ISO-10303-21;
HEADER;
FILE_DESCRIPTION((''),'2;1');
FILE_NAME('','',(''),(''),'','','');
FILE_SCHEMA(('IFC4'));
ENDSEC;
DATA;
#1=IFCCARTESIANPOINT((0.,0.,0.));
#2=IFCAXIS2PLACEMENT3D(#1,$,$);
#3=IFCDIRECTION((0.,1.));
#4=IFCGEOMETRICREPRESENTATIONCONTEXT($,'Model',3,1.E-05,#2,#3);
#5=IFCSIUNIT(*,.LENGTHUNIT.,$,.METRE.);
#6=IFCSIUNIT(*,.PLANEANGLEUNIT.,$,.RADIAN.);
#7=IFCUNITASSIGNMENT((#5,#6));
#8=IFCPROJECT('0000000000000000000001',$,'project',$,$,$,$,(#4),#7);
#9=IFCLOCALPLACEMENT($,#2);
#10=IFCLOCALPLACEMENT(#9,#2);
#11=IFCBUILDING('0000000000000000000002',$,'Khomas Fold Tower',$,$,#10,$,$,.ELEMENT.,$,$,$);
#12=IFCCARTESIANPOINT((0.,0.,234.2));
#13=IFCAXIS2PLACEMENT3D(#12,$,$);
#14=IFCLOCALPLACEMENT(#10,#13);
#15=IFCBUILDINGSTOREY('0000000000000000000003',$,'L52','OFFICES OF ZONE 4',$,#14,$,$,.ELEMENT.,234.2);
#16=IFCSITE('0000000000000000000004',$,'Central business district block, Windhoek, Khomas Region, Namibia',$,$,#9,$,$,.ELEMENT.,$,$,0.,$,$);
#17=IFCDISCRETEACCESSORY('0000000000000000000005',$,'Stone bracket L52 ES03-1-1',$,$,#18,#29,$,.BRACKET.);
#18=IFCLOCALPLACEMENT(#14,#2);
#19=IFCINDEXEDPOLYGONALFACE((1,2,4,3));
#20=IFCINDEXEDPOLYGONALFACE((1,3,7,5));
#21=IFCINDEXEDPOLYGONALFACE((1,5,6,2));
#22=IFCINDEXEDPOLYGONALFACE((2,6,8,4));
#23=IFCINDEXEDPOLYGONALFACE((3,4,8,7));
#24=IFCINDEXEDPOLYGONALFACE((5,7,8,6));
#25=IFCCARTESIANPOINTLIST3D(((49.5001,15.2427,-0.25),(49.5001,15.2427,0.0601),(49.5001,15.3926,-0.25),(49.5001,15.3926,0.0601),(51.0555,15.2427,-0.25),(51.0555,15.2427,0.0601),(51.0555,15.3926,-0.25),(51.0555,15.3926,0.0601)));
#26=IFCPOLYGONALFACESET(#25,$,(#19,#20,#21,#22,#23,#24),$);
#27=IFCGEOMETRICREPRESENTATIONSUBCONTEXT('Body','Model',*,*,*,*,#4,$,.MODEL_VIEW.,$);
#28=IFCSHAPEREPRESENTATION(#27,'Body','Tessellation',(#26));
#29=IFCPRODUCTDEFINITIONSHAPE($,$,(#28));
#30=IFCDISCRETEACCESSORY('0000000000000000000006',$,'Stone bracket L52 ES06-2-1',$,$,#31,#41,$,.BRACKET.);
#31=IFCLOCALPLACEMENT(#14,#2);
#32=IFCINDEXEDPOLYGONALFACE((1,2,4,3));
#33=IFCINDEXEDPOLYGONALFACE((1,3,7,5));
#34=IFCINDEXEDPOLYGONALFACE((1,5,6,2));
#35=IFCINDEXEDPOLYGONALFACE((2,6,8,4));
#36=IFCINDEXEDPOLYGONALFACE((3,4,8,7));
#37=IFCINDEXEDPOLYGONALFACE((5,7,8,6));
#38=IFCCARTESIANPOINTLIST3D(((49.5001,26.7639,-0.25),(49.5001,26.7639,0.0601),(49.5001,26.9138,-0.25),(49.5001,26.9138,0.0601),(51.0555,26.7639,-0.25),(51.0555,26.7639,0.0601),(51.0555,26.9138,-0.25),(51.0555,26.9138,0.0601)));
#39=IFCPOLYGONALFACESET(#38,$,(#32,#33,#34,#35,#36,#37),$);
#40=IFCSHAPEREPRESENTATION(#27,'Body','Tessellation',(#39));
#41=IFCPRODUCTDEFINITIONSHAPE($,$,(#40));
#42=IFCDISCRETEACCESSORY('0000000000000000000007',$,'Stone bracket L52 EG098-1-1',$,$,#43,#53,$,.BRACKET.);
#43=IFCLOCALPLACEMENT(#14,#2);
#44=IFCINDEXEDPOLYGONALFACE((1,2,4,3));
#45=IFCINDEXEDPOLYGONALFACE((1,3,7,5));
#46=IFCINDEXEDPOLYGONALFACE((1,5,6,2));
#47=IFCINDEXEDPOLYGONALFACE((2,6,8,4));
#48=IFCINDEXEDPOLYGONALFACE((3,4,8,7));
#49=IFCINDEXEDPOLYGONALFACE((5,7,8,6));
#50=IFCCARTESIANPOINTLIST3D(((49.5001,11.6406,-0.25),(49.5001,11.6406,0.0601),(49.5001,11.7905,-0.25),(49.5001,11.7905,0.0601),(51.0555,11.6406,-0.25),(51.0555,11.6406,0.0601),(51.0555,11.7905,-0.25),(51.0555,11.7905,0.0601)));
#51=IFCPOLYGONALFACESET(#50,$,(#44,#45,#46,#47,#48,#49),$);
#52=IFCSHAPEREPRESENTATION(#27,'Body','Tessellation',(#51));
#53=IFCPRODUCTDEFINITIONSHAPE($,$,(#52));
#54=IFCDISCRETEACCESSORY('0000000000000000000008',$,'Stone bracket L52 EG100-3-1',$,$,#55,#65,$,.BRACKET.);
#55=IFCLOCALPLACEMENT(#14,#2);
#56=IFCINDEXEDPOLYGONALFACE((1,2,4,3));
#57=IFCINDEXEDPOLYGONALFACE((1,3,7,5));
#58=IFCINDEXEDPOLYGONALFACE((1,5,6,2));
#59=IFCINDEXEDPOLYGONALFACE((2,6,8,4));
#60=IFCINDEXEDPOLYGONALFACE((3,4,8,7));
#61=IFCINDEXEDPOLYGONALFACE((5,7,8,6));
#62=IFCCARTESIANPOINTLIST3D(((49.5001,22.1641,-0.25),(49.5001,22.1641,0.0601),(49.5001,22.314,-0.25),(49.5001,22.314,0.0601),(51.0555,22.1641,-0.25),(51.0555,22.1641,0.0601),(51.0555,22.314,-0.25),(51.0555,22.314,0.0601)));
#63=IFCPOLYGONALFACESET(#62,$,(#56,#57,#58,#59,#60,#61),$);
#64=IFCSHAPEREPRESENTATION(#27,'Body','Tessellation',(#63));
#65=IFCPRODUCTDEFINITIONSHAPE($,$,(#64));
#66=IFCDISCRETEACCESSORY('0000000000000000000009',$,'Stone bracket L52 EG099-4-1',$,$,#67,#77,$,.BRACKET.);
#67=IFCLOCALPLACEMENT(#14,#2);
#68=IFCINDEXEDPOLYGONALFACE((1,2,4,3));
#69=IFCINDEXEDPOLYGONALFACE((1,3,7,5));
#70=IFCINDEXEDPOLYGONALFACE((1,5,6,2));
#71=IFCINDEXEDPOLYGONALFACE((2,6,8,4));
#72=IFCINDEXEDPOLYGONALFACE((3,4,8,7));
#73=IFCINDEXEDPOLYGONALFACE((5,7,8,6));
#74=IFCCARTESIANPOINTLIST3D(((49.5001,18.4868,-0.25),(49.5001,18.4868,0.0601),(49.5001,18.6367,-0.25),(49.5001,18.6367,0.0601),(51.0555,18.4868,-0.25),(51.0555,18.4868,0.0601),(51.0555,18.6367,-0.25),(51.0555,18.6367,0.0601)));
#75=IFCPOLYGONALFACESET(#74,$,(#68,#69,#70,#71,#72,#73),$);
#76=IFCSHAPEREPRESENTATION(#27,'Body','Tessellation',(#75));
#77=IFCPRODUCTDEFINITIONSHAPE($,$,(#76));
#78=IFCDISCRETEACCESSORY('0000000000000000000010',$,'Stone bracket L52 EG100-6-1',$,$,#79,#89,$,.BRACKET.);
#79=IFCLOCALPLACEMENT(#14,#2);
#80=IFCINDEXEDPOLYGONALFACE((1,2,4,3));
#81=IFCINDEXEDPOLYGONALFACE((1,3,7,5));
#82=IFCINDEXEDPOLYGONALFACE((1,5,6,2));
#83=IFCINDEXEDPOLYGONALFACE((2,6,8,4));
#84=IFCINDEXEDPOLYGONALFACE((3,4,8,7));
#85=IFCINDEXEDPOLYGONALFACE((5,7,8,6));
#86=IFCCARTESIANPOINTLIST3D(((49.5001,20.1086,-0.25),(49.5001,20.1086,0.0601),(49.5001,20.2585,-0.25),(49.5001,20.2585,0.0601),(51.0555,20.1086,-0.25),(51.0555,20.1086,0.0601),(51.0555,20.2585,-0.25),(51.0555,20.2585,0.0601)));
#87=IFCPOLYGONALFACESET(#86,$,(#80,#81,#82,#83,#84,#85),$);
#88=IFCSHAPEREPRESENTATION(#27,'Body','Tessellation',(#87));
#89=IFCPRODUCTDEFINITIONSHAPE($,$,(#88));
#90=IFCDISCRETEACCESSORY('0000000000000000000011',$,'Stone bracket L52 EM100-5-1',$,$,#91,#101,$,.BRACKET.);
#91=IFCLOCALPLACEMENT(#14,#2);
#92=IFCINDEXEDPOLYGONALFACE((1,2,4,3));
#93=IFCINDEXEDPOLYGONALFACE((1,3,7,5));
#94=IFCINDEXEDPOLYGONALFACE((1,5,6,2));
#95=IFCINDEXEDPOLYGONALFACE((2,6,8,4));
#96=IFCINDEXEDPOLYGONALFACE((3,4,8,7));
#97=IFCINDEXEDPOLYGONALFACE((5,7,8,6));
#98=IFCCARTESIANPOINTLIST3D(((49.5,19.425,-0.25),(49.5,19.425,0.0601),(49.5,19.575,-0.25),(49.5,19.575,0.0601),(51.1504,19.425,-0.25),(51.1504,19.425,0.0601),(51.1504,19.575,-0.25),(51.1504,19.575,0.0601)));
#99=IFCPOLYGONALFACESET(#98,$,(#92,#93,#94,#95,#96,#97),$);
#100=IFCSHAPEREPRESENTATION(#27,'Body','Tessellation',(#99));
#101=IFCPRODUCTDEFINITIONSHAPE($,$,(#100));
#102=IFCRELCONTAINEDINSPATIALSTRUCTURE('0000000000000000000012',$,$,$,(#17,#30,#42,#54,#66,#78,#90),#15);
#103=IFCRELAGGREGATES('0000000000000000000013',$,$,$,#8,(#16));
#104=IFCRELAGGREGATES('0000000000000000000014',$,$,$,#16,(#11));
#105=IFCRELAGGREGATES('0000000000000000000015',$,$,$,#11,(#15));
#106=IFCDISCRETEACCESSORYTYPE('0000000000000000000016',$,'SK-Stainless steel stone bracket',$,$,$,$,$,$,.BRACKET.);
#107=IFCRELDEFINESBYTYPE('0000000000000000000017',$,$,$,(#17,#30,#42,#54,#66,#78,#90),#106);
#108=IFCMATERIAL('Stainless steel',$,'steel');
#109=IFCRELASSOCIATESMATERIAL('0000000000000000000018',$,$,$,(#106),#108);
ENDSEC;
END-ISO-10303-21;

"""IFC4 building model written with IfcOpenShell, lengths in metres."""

from ifc_helpers import new_model, si_unit, direction, frame, origin, origin_2d, place, context, subcontext, project, spatial, rectangle, extrude, source, transform, mapped, material, type_object, element, save


model = new_model("IFC4")

# Units and contexts
model_context = context("Model", 3, precision=1e-05, world=origin(), true_north=direction((0.0, 1.0)))
body_context = subcontext(model_context, "Body", "Model", "MODEL_VIEW")
ifc_project = project(units=[si_unit("LENGTHUNIT", "METRE"), si_unit("PLANEANGLEUNIT", "RADIAN")], contexts=[model_context])

# Site, building, storey
site_placement = place(None, origin())
site = spatial("IfcSite", under=ifc_project, at=site_placement, Name="Central business district block, Windhoek, Khomas Region, Namibia", CompositionType="ELEMENT", RefElevation=0.0)
building_placement = place(site_placement, origin())
building = spatial("IfcBuilding", under=site, at=building_placement, Name="Khomas Fold Tower", CompositionType="ELEMENT")
storey_placement = place(building_placement, frame((0.0, 0.0, 234.2)))
storey = spatial("IfcBuildingStorey", under=building, at=storey_placement, Name="L52", Description="OFFICES OF ZONE 4", CompositionType="ELEMENT", Elevation=234.2)

# Discrete accessories
ifc_material_1 = material(Name="Stainless steel", Category="steel")
discrete_accessory_type = type_object("IfcDiscreteAccessoryType", Name="SK-Stainless steel stone bracket", PredefinedType="BRACKET", material=ifc_material_1)
shared_shape_1 = source(origin(), body_context, "Body", "SweptSolid", [
    extrude(rectangle(XDim=1.5554, YDim=0.1499, at=origin_2d()), origin(), (0.0, 0.0, 1.0), 0.3101),
])
for number, where, z_axis, x_axis, name in (
    (1, (50.2778, 15.3176, -0.25), (0.0, 0.0, 1.0), (1.0, 0.0, 0.0), "Stone bracket L52 ES03-1-1"),
    (2, (50.2778, 26.8389, -0.25), (0.0, 0.0, 1.0), (1.0, 0.0, 0.0), "Stone bracket L52 ES06-2-1"),
    (3, (50.2778, 11.7156, -0.25), (0.0, 0.0, 1.0), (1.0, 0.0, 0.0), "Stone bracket L52 EG098-1-1"),
    (4, (50.2778, 22.239, -0.25), (0.0, 0.0, 1.0), (1.0, 0.0, 0.0), "Stone bracket L52 EG100-3-1"),
    (5, (50.2778, 18.5618, -0.25), (0.0, 0.0, 1.0), (1.0, 0.0, 0.0), "Stone bracket L52 EG099-4-1"),
    (6, (50.2778, 20.1836, -0.25), (0.0, 0.0, 1.0), (1.0, 0.0, 0.0), "Stone bracket L52 EG100-6-1"),
):
    element("IfcDiscreteAccessory", number, at=place(storey_placement, frame(where, z_axis=z_axis, x_axis=x_axis)), inside=storey, type_object=discrete_accessory_type, Name=name, PredefinedType="BRACKET", context=body_context, shape_type="MappedRepresentation", body=[
        mapped(shared_shape_1, transform((0.0, 0.0, 0.0))),
    ])
shared_shape_2 = source(origin(), body_context, "Body", "SweptSolid", [
    extrude(rectangle(XDim=1.6504, YDim=0.1499, at=origin_2d()), origin(), (0.0, 0.0, 1.0), 0.3101),
])
discrete_accessory_placement = place(storey_placement, frame((50.3252, 19.5, -0.25), z_axis=(0.0, 0.0, 1.0), x_axis=(1.0, 0.0, 0.0)))
element("IfcDiscreteAccessory", 7, at=discrete_accessory_placement, inside=storey, type_object=discrete_accessory_type, Name="Stone bracket L52 EM100-5-1", PredefinedType="BRACKET", context=body_context, shape_type="MappedRepresentation", body=[
    mapped(shared_shape_2, transform((0.0, 0.0, 0.0))),
])

save(model, "model.ifc")
